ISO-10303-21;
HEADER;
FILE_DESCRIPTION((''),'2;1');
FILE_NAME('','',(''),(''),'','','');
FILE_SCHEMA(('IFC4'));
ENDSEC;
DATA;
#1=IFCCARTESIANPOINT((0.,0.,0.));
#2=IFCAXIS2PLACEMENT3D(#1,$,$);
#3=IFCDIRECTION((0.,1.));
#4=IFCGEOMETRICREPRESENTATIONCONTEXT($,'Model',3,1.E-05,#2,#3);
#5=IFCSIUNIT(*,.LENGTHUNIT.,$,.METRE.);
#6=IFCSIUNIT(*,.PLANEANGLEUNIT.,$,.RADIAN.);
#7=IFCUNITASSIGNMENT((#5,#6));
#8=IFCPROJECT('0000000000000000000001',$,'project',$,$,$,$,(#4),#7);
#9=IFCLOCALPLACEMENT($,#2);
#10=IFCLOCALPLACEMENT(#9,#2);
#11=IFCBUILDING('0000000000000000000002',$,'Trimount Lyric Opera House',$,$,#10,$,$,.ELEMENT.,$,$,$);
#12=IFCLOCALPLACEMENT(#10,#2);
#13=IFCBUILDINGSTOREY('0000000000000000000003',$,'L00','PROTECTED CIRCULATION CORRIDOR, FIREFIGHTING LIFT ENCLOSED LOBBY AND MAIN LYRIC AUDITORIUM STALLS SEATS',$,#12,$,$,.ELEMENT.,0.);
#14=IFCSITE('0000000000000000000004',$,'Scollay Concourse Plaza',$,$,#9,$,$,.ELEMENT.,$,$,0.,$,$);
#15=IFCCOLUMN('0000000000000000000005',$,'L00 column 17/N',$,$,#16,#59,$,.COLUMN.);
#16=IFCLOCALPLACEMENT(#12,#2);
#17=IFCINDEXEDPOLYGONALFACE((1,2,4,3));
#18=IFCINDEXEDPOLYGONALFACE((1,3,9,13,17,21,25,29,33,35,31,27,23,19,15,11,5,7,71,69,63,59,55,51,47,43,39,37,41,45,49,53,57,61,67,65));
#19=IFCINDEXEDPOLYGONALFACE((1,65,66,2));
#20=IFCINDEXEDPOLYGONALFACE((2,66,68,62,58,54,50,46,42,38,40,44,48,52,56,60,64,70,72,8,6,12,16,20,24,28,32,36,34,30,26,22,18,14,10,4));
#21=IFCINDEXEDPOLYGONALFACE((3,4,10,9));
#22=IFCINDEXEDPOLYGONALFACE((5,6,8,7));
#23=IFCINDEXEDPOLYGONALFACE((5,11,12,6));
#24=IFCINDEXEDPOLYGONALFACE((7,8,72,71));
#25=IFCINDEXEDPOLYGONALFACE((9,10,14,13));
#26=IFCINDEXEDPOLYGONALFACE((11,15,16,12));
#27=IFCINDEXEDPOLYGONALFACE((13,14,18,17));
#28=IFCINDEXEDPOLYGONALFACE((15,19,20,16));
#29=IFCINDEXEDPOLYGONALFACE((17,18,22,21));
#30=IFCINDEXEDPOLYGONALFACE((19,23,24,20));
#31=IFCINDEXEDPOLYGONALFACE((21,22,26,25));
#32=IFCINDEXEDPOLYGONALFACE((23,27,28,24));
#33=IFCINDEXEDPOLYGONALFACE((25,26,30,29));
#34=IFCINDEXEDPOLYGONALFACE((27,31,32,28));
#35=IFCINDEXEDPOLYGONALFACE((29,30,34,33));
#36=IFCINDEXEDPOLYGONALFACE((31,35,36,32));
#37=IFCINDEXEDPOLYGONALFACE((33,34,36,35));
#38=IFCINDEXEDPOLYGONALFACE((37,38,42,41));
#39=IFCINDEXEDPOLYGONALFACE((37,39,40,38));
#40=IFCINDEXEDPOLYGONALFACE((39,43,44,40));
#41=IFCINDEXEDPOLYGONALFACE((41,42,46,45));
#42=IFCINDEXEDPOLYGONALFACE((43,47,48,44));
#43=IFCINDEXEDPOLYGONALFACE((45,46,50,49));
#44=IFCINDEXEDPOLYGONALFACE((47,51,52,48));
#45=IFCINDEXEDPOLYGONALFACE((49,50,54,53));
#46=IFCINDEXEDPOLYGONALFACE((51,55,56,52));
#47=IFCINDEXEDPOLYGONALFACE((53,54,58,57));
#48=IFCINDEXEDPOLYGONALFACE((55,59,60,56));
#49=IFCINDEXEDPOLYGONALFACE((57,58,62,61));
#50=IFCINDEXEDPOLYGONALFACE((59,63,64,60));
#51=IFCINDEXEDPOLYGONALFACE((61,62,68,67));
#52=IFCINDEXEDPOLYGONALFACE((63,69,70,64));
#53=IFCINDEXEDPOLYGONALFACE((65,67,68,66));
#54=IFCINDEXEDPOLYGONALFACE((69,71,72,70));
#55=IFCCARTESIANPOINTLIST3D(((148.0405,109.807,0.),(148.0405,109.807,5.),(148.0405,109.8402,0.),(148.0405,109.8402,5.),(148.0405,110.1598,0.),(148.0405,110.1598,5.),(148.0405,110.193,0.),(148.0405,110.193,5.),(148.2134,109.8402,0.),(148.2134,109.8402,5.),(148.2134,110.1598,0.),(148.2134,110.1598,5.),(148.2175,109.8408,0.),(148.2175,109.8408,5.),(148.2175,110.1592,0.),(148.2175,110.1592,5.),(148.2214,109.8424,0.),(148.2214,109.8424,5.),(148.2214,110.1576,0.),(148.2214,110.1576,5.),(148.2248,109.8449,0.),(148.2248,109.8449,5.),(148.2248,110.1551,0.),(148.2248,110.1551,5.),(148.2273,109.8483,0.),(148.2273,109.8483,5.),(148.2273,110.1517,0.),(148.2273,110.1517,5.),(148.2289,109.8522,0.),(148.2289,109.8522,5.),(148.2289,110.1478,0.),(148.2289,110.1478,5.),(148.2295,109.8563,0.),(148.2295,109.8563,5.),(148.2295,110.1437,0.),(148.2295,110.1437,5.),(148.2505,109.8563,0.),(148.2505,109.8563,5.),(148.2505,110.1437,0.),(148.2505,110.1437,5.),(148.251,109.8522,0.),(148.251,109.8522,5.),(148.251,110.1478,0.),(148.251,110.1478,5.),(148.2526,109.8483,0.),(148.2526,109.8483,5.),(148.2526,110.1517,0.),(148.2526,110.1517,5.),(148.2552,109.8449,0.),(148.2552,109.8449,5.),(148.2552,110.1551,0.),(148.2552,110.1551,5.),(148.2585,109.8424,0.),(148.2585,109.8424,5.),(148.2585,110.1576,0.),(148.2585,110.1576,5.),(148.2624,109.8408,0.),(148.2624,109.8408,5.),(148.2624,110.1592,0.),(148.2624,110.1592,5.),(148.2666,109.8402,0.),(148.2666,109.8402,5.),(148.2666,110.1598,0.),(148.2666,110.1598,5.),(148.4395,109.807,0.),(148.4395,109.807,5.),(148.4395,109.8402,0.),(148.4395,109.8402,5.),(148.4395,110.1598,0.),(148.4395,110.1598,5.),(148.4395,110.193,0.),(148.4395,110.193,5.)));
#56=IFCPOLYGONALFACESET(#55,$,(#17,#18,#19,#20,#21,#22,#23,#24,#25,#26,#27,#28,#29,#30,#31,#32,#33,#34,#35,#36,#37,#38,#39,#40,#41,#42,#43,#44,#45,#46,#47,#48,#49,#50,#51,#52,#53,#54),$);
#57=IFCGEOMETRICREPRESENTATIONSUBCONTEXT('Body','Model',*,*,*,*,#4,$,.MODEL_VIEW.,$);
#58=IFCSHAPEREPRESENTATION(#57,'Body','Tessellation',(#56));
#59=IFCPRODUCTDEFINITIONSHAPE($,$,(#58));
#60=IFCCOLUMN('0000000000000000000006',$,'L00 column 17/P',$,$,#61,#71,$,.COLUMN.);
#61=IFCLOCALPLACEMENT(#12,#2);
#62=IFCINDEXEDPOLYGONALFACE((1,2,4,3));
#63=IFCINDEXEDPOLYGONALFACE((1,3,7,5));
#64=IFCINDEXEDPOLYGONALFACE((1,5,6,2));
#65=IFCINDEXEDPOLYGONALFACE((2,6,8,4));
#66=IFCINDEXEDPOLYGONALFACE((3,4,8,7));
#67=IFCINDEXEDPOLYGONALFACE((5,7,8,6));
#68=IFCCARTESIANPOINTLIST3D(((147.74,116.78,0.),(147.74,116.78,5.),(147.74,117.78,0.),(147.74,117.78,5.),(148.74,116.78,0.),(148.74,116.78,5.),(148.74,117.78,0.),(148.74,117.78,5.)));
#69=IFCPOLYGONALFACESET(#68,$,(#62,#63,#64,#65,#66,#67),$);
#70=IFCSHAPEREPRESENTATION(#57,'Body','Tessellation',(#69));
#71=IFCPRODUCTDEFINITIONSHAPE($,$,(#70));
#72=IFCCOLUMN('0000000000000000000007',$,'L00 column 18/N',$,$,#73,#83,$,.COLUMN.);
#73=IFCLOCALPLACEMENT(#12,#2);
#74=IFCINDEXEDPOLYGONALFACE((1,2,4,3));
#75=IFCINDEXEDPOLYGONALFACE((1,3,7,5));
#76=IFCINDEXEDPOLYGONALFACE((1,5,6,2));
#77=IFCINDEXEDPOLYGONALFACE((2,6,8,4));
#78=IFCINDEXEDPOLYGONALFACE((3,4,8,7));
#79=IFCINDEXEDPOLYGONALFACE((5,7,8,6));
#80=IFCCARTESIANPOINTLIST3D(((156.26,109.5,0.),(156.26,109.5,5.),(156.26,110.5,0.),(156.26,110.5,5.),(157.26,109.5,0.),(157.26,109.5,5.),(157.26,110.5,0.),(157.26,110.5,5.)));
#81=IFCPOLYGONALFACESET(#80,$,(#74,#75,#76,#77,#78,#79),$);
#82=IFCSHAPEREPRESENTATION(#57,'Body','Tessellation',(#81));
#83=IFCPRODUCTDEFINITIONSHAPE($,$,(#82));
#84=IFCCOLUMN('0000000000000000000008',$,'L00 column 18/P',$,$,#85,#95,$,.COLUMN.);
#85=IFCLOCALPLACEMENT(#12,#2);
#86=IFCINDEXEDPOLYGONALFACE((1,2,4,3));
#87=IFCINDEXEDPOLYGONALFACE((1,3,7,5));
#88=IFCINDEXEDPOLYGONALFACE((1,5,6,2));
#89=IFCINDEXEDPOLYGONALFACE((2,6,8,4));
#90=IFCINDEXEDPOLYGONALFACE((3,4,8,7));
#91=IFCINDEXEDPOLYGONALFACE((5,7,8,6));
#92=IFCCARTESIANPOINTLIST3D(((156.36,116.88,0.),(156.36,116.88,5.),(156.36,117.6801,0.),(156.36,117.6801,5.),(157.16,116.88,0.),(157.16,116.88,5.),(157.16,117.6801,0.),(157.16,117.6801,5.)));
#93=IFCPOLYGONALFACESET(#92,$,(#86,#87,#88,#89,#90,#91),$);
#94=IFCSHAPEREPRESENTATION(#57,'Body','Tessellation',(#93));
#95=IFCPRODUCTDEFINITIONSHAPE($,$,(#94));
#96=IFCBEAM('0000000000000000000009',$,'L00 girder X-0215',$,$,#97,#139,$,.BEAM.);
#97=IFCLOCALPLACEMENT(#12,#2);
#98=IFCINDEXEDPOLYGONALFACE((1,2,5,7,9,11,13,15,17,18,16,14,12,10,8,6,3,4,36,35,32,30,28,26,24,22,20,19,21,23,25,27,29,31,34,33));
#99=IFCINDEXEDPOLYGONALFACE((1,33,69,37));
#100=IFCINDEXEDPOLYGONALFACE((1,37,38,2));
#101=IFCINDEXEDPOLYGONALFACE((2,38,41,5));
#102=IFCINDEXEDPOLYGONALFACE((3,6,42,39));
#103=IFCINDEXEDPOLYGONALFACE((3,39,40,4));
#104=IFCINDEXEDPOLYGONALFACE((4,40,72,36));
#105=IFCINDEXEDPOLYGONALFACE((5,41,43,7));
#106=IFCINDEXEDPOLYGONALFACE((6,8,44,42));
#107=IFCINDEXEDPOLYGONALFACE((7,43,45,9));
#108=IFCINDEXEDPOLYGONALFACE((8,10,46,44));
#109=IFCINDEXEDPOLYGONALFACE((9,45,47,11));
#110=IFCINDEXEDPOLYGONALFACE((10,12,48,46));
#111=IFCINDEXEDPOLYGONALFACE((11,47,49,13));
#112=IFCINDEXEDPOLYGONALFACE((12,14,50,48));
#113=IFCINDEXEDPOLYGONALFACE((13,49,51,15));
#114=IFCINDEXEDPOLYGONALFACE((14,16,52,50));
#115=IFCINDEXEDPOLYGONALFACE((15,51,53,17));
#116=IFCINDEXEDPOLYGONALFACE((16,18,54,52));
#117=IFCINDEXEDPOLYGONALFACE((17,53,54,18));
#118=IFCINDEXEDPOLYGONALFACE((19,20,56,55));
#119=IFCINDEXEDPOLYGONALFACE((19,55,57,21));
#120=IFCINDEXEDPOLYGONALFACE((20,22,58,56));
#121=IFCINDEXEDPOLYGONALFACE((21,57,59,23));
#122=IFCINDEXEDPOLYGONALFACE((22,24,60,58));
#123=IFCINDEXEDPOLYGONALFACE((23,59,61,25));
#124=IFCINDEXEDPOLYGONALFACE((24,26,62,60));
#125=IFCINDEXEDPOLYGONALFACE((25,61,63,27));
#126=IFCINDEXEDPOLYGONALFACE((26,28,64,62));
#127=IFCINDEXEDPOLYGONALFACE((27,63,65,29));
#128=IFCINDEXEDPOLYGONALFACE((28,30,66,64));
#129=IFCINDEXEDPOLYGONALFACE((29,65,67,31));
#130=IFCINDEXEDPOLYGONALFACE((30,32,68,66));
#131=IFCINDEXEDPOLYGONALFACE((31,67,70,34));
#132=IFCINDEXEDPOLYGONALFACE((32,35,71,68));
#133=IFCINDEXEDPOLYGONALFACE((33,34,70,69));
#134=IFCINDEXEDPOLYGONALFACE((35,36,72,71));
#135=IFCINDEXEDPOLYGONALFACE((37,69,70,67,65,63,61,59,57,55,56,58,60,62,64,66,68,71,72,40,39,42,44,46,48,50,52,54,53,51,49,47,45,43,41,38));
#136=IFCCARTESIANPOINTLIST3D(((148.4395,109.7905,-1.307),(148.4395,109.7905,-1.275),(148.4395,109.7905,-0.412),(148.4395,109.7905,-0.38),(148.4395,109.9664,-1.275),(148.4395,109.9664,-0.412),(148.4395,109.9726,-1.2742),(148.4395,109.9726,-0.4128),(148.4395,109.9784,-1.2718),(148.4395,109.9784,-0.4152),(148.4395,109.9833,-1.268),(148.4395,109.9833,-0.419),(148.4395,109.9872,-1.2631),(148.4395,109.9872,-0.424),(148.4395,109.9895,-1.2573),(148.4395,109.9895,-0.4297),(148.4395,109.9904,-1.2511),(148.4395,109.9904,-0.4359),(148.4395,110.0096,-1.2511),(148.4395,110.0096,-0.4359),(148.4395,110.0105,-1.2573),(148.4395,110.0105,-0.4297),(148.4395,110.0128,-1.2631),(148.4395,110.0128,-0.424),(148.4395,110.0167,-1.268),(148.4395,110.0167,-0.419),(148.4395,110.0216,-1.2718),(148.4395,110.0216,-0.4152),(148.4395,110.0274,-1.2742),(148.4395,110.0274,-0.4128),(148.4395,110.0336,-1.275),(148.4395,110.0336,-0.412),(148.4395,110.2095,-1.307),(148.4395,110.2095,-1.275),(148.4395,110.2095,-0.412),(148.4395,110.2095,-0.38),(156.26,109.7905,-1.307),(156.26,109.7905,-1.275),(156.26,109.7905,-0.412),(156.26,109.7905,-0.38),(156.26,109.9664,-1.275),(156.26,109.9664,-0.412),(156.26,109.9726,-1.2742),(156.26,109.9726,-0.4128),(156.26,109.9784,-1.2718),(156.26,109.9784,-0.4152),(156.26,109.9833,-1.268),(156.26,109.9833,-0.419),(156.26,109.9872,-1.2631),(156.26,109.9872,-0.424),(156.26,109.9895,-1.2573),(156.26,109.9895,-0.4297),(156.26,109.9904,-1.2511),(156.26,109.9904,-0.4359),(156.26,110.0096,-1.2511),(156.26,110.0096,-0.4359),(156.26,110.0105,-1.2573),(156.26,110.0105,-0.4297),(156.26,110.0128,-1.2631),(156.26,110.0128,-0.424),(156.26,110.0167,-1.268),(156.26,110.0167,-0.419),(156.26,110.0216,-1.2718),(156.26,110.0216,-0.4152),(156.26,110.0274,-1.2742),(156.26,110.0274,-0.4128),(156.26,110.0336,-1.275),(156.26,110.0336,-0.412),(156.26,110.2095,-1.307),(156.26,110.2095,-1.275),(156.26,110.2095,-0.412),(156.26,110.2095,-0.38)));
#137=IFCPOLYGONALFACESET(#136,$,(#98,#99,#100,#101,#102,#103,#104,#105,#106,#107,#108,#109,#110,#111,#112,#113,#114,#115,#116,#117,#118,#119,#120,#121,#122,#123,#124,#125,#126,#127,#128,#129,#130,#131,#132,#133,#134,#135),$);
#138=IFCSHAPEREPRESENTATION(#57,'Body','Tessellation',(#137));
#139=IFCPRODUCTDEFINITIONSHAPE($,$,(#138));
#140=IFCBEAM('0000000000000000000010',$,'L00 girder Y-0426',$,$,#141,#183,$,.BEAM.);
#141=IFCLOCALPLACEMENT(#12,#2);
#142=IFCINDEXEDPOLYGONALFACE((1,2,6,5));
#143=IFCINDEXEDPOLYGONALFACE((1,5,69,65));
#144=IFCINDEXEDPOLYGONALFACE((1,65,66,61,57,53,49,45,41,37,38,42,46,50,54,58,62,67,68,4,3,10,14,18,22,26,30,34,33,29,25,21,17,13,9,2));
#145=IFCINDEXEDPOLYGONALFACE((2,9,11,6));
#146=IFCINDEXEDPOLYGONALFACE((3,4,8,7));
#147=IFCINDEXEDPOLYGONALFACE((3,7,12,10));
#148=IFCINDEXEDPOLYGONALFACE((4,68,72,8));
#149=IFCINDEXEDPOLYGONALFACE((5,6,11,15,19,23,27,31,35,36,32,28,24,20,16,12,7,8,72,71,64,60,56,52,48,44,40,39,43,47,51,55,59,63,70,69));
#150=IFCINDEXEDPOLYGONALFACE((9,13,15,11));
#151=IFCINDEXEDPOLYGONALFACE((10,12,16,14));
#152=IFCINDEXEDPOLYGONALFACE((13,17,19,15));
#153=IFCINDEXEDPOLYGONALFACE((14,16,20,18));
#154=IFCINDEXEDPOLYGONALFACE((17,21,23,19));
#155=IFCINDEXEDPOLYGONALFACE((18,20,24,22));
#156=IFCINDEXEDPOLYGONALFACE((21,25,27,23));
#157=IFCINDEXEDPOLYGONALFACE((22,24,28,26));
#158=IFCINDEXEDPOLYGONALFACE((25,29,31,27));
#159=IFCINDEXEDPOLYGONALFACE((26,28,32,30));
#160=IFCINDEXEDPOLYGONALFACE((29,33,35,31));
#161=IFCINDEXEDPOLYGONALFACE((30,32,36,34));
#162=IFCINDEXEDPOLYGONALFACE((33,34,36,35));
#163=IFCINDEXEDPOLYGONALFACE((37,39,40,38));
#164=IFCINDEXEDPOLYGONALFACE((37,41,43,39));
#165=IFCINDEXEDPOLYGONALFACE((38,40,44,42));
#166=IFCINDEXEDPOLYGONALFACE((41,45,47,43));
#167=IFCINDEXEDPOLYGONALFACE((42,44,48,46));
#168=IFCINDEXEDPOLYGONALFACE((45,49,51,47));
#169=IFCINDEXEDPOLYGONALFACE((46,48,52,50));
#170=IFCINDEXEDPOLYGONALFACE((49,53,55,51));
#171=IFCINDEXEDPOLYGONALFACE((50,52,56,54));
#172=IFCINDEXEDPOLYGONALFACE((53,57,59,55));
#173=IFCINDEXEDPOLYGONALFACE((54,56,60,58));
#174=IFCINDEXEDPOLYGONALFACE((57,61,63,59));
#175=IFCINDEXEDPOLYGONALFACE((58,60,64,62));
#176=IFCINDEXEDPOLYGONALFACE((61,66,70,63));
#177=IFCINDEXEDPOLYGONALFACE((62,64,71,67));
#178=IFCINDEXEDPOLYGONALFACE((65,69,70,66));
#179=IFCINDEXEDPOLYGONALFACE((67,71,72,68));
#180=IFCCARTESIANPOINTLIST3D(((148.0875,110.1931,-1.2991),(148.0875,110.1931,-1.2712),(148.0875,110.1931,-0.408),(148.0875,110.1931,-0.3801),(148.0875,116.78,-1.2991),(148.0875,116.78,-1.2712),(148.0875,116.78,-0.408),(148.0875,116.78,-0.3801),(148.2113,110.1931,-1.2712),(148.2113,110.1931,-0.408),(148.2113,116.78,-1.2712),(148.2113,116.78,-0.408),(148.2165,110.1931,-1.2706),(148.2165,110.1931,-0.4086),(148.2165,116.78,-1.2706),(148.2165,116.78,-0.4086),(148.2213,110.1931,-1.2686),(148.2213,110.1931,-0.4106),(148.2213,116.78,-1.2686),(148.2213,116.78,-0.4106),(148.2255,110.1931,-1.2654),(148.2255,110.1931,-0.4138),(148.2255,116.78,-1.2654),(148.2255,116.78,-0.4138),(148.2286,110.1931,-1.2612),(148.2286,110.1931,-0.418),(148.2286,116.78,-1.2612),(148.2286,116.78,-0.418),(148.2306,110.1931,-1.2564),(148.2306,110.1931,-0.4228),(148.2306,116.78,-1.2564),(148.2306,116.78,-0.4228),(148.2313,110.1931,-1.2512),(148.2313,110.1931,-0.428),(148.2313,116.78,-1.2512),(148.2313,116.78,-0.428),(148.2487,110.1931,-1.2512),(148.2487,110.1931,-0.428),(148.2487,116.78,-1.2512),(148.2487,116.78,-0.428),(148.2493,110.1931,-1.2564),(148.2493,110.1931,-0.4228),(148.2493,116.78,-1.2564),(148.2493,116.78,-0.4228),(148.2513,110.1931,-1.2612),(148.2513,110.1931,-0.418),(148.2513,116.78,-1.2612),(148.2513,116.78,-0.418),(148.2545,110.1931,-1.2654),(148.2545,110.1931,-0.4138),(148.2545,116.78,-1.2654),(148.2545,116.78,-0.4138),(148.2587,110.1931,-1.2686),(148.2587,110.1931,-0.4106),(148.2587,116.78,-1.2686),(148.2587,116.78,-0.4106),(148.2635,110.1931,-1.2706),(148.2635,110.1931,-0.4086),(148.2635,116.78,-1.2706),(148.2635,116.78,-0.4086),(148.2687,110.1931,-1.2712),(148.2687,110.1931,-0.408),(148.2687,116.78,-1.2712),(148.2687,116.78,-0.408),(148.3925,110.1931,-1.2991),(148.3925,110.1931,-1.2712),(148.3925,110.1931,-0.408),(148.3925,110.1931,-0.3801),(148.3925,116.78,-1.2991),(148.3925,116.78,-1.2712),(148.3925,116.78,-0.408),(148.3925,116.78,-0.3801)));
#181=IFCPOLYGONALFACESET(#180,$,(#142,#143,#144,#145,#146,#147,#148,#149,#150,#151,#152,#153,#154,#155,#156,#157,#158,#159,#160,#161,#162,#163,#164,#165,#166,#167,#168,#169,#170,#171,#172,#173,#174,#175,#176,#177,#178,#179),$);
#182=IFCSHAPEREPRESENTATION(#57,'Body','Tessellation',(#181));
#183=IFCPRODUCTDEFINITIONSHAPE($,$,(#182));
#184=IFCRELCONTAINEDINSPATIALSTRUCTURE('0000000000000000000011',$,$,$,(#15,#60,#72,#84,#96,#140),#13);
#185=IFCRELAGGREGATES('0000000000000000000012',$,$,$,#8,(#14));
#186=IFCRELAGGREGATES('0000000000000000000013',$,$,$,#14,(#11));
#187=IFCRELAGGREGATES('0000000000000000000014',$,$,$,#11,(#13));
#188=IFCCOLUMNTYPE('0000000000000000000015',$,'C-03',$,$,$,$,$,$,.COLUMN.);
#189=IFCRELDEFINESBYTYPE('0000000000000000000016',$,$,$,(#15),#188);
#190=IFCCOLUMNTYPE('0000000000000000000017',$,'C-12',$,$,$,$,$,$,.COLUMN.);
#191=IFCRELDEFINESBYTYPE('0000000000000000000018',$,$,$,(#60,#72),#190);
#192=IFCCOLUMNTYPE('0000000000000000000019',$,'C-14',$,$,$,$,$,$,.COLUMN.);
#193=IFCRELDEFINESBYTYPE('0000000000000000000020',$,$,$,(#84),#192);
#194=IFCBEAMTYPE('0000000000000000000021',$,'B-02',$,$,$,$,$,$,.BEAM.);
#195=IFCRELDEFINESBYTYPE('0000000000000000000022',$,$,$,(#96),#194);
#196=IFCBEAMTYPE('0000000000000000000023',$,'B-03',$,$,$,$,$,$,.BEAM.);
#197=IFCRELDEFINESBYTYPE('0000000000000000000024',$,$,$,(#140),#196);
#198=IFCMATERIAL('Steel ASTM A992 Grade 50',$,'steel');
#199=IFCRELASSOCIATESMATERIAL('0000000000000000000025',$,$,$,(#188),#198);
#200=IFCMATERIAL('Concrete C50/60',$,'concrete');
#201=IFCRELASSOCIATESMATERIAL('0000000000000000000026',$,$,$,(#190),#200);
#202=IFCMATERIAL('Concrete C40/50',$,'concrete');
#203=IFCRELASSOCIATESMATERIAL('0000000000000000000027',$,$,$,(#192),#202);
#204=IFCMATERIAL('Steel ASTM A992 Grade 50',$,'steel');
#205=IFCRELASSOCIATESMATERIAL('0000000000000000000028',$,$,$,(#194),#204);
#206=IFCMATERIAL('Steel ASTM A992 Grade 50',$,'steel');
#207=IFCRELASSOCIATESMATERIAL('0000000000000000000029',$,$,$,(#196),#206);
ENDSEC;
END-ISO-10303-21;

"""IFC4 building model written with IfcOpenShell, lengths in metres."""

from ifc_helpers import new_model, si_unit, direction, frame, origin, origin_2d, place, context, subcontext, project, spatial, rectangle, i_section, extrude, material, material_profile, profile_set, type_object, element, save


model = new_model("IFC4")

# Units and contexts
model_context = context("Model", 3, precision=1e-05, world=origin(), true_north=direction((0.0, 1.0)))
body_context = subcontext(model_context, "Body", "Model", "MODEL_VIEW")
ifc_project = project(units=[si_unit("LENGTHUNIT", "METRE"), si_unit("PLANEANGLEUNIT", "RADIAN")], contexts=[model_context])

# Site, building, storey
site_placement = place(None, origin())
site = spatial("IfcSite", under=ifc_project, at=site_placement, Name="Scollay Concourse Plaza", CompositionType="ELEMENT", RefElevation=0.0)
building_placement = place(site_placement, origin())
building = spatial("IfcBuilding", under=site, at=building_placement, Name="Trimount Lyric Opera House", CompositionType="ELEMENT")
storey_placement = place(building_placement, origin())
storey = spatial("IfcBuildingStorey", under=building, at=storey_placement, Name="L00", Description="PROTECTED CIRCULATION CORRIDOR, FIREFIGHTING LIFT ENCLOSED LOBBY AND MAIN LYRIC AUDITORIUM STALLS SEATS", CompositionType="ELEMENT", Elevation=0.0)

# Columns
ifc_material_1 = material(Name="Steel ASTM A992 Grade 50", Category="steel")
ifc_material_profile_1 = material_profile(ifc_material_1, i_section(OverallWidth=0.3989, OverallDepth=0.386, WebThickness=0.021, FlangeThickness=0.0332, FilletRadius=0.0161, at=origin_2d()), Name="W14X176")
ifc_profile_set_1 = profile_set([ifc_material_profile_1], Name="Steel ASTM A992 Grade 50")
column_type_1 = type_object("IfcColumnType", Name="C-03", PredefinedType="COLUMN", material=ifc_profile_set_1)
column_1_placement = place(storey_placement, frame((148.24, 110.0, 0.0), z_axis=(0.0, 0.0, 1.0), x_axis=(1.0, 0.0, 0.0)))
element("IfcColumn", 1, at=column_1_placement, inside=storey, type_object=column_type_1, Name="L00 column 17/N", PredefinedType="COLUMN", context=body_context, shape_type="SweptSolid", body=[
    extrude(i_section(OverallWidth=0.3989, OverallDepth=0.386, WebThickness=0.021, FlangeThickness=0.0332, FilletRadius=0.0161, at=origin_2d()), origin(), (0.0, 0.0, 1.0), 5.0),
])
ifc_material_2 = material(Name="Concrete C50/60", Category="concrete")
ifc_material_profile_2 = material_profile(ifc_material_2, rectangle(XDim=1.0, YDim=1.0, at=origin_2d()), Name="RC1000X1000")
ifc_profile_set_2 = profile_set([ifc_material_profile_2], Name="Concrete C50/60")
column_type_2 = type_object("IfcColumnType", Name="C-12", PredefinedType="COLUMN", material=ifc_profile_set_2)
for number, where, z_axis, x_axis, name in (
    (2, (148.24, 117.28, 0.0), (0.0, 0.0, 1.0), (1.0, 0.0, 0.0), "L00 column 17/P"),
    (3, (156.76, 110.0, 0.0), (0.0, 0.0, 1.0), (1.0, 0.0, 0.0), "L00 column 18/N"),
):
    element("IfcColumn", number, at=place(storey_placement, frame(where, z_axis=z_axis, x_axis=x_axis)), inside=storey, type_object=column_type_2, Name=name, PredefinedType="COLUMN", context=body_context, shape_type="SweptSolid", body=[
        extrude(rectangle(XDim=1.0, YDim=1.0, at=origin_2d()), origin(), (0.0, 0.0, 1.0), 5.0),
    ])
ifc_material_3 = material(Name="Concrete C40/50", Category="concrete")
ifc_material_profile_3 = material_profile(ifc_material_3, rectangle(XDim=0.8, YDim=0.8, at=origin_2d()), Name="RC800X800")
ifc_profile_set_3 = profile_set([ifc_material_profile_3], Name="Concrete C40/50")
column_type_3 = type_object("IfcColumnType", Name="C-14", PredefinedType="COLUMN", material=ifc_profile_set_3)
column_2_placement = place(storey_placement, frame((156.76, 117.28, 0.0), z_axis=(0.0, 0.0, 1.0), x_axis=(1.0, 0.0, 0.0)))
element("IfcColumn", 4, at=column_2_placement, inside=storey, type_object=column_type_3, Name="L00 column 18/P", PredefinedType="COLUMN", context=body_context, shape_type="SweptSolid", body=[
    extrude(rectangle(XDim=0.8, YDim=0.8, at=origin_2d()), origin(), (0.0, 0.0, 1.0), 5.0),
])

# Beams
ifc_material_4 = material(Name="Steel ASTM A992 Grade 50", Category="steel")
ifc_material_profile_4 = material_profile(ifc_material_4, i_section(OverallWidth=0.4189, OverallDepth=0.927, WebThickness=0.0193, FlangeThickness=0.032, FilletRadius=0.0239, at=origin_2d()), Name="W36X231")
ifc_profile_set_4 = profile_set([ifc_material_profile_4], Name="Steel ASTM A992 Grade 50")
beam_type_1 = type_object("IfcBeamType", Name="B-02", PredefinedType="BEAM", material=ifc_profile_set_4)
beam_1_placement = place(storey_placement, frame((148.4395, 110.0, -0.8435), z_axis=(1.0, 0.0, 0.0), x_axis=(0.0, 1.0, 0.0)))
element("IfcBeam", 5, at=beam_1_placement, inside=storey, type_object=beam_type_1, Name="L00 girder X-0215", PredefinedType="BEAM", context=body_context, shape_type="SweptSolid", body=[
    extrude(i_section(OverallWidth=0.4189, OverallDepth=0.927, WebThickness=0.0193, FlangeThickness=0.032, FilletRadius=0.0239, at=origin_2d()), origin(), (0.0, 0.0, 1.0), 7.8206),
])
ifc_material_5 = material(Name="Steel ASTM A992 Grade 50", Category="steel")
ifc_material_profile_5 = material_profile(ifc_material_5, i_section(OverallWidth=0.3049, OverallDepth=0.9189, WebThickness=0.0173, FlangeThickness=0.0278, FilletRadius=0.02, at=origin_2d()), Name="W36X170")
ifc_profile_set_5 = profile_set([ifc_material_profile_5], Name="Steel ASTM A992 Grade 50")
beam_type_2 = type_object("IfcBeamType", Name="B-03", PredefinedType="BEAM", material=ifc_profile_set_5)
beam_2_placement = place(storey_placement, frame((148.24, 110.1931, -0.8396), z_axis=(0.0, 1.0, 0.0), x_axis=(-1.0, 0.0, 0.0)))
element("IfcBeam", 6, at=beam_2_placement, inside=storey, type_object=beam_type_2, Name="L00 girder Y-0426", PredefinedType="BEAM", context=body_context, shape_type="SweptSolid", body=[
    extrude(i_section(OverallWidth=0.3049, OverallDepth=0.9189, WebThickness=0.0173, FlangeThickness=0.0278, FilletRadius=0.02, at=origin_2d()), origin(), (0.0, 0.0, 1.0), 6.5869),
])

save(model, "model.ifc")
